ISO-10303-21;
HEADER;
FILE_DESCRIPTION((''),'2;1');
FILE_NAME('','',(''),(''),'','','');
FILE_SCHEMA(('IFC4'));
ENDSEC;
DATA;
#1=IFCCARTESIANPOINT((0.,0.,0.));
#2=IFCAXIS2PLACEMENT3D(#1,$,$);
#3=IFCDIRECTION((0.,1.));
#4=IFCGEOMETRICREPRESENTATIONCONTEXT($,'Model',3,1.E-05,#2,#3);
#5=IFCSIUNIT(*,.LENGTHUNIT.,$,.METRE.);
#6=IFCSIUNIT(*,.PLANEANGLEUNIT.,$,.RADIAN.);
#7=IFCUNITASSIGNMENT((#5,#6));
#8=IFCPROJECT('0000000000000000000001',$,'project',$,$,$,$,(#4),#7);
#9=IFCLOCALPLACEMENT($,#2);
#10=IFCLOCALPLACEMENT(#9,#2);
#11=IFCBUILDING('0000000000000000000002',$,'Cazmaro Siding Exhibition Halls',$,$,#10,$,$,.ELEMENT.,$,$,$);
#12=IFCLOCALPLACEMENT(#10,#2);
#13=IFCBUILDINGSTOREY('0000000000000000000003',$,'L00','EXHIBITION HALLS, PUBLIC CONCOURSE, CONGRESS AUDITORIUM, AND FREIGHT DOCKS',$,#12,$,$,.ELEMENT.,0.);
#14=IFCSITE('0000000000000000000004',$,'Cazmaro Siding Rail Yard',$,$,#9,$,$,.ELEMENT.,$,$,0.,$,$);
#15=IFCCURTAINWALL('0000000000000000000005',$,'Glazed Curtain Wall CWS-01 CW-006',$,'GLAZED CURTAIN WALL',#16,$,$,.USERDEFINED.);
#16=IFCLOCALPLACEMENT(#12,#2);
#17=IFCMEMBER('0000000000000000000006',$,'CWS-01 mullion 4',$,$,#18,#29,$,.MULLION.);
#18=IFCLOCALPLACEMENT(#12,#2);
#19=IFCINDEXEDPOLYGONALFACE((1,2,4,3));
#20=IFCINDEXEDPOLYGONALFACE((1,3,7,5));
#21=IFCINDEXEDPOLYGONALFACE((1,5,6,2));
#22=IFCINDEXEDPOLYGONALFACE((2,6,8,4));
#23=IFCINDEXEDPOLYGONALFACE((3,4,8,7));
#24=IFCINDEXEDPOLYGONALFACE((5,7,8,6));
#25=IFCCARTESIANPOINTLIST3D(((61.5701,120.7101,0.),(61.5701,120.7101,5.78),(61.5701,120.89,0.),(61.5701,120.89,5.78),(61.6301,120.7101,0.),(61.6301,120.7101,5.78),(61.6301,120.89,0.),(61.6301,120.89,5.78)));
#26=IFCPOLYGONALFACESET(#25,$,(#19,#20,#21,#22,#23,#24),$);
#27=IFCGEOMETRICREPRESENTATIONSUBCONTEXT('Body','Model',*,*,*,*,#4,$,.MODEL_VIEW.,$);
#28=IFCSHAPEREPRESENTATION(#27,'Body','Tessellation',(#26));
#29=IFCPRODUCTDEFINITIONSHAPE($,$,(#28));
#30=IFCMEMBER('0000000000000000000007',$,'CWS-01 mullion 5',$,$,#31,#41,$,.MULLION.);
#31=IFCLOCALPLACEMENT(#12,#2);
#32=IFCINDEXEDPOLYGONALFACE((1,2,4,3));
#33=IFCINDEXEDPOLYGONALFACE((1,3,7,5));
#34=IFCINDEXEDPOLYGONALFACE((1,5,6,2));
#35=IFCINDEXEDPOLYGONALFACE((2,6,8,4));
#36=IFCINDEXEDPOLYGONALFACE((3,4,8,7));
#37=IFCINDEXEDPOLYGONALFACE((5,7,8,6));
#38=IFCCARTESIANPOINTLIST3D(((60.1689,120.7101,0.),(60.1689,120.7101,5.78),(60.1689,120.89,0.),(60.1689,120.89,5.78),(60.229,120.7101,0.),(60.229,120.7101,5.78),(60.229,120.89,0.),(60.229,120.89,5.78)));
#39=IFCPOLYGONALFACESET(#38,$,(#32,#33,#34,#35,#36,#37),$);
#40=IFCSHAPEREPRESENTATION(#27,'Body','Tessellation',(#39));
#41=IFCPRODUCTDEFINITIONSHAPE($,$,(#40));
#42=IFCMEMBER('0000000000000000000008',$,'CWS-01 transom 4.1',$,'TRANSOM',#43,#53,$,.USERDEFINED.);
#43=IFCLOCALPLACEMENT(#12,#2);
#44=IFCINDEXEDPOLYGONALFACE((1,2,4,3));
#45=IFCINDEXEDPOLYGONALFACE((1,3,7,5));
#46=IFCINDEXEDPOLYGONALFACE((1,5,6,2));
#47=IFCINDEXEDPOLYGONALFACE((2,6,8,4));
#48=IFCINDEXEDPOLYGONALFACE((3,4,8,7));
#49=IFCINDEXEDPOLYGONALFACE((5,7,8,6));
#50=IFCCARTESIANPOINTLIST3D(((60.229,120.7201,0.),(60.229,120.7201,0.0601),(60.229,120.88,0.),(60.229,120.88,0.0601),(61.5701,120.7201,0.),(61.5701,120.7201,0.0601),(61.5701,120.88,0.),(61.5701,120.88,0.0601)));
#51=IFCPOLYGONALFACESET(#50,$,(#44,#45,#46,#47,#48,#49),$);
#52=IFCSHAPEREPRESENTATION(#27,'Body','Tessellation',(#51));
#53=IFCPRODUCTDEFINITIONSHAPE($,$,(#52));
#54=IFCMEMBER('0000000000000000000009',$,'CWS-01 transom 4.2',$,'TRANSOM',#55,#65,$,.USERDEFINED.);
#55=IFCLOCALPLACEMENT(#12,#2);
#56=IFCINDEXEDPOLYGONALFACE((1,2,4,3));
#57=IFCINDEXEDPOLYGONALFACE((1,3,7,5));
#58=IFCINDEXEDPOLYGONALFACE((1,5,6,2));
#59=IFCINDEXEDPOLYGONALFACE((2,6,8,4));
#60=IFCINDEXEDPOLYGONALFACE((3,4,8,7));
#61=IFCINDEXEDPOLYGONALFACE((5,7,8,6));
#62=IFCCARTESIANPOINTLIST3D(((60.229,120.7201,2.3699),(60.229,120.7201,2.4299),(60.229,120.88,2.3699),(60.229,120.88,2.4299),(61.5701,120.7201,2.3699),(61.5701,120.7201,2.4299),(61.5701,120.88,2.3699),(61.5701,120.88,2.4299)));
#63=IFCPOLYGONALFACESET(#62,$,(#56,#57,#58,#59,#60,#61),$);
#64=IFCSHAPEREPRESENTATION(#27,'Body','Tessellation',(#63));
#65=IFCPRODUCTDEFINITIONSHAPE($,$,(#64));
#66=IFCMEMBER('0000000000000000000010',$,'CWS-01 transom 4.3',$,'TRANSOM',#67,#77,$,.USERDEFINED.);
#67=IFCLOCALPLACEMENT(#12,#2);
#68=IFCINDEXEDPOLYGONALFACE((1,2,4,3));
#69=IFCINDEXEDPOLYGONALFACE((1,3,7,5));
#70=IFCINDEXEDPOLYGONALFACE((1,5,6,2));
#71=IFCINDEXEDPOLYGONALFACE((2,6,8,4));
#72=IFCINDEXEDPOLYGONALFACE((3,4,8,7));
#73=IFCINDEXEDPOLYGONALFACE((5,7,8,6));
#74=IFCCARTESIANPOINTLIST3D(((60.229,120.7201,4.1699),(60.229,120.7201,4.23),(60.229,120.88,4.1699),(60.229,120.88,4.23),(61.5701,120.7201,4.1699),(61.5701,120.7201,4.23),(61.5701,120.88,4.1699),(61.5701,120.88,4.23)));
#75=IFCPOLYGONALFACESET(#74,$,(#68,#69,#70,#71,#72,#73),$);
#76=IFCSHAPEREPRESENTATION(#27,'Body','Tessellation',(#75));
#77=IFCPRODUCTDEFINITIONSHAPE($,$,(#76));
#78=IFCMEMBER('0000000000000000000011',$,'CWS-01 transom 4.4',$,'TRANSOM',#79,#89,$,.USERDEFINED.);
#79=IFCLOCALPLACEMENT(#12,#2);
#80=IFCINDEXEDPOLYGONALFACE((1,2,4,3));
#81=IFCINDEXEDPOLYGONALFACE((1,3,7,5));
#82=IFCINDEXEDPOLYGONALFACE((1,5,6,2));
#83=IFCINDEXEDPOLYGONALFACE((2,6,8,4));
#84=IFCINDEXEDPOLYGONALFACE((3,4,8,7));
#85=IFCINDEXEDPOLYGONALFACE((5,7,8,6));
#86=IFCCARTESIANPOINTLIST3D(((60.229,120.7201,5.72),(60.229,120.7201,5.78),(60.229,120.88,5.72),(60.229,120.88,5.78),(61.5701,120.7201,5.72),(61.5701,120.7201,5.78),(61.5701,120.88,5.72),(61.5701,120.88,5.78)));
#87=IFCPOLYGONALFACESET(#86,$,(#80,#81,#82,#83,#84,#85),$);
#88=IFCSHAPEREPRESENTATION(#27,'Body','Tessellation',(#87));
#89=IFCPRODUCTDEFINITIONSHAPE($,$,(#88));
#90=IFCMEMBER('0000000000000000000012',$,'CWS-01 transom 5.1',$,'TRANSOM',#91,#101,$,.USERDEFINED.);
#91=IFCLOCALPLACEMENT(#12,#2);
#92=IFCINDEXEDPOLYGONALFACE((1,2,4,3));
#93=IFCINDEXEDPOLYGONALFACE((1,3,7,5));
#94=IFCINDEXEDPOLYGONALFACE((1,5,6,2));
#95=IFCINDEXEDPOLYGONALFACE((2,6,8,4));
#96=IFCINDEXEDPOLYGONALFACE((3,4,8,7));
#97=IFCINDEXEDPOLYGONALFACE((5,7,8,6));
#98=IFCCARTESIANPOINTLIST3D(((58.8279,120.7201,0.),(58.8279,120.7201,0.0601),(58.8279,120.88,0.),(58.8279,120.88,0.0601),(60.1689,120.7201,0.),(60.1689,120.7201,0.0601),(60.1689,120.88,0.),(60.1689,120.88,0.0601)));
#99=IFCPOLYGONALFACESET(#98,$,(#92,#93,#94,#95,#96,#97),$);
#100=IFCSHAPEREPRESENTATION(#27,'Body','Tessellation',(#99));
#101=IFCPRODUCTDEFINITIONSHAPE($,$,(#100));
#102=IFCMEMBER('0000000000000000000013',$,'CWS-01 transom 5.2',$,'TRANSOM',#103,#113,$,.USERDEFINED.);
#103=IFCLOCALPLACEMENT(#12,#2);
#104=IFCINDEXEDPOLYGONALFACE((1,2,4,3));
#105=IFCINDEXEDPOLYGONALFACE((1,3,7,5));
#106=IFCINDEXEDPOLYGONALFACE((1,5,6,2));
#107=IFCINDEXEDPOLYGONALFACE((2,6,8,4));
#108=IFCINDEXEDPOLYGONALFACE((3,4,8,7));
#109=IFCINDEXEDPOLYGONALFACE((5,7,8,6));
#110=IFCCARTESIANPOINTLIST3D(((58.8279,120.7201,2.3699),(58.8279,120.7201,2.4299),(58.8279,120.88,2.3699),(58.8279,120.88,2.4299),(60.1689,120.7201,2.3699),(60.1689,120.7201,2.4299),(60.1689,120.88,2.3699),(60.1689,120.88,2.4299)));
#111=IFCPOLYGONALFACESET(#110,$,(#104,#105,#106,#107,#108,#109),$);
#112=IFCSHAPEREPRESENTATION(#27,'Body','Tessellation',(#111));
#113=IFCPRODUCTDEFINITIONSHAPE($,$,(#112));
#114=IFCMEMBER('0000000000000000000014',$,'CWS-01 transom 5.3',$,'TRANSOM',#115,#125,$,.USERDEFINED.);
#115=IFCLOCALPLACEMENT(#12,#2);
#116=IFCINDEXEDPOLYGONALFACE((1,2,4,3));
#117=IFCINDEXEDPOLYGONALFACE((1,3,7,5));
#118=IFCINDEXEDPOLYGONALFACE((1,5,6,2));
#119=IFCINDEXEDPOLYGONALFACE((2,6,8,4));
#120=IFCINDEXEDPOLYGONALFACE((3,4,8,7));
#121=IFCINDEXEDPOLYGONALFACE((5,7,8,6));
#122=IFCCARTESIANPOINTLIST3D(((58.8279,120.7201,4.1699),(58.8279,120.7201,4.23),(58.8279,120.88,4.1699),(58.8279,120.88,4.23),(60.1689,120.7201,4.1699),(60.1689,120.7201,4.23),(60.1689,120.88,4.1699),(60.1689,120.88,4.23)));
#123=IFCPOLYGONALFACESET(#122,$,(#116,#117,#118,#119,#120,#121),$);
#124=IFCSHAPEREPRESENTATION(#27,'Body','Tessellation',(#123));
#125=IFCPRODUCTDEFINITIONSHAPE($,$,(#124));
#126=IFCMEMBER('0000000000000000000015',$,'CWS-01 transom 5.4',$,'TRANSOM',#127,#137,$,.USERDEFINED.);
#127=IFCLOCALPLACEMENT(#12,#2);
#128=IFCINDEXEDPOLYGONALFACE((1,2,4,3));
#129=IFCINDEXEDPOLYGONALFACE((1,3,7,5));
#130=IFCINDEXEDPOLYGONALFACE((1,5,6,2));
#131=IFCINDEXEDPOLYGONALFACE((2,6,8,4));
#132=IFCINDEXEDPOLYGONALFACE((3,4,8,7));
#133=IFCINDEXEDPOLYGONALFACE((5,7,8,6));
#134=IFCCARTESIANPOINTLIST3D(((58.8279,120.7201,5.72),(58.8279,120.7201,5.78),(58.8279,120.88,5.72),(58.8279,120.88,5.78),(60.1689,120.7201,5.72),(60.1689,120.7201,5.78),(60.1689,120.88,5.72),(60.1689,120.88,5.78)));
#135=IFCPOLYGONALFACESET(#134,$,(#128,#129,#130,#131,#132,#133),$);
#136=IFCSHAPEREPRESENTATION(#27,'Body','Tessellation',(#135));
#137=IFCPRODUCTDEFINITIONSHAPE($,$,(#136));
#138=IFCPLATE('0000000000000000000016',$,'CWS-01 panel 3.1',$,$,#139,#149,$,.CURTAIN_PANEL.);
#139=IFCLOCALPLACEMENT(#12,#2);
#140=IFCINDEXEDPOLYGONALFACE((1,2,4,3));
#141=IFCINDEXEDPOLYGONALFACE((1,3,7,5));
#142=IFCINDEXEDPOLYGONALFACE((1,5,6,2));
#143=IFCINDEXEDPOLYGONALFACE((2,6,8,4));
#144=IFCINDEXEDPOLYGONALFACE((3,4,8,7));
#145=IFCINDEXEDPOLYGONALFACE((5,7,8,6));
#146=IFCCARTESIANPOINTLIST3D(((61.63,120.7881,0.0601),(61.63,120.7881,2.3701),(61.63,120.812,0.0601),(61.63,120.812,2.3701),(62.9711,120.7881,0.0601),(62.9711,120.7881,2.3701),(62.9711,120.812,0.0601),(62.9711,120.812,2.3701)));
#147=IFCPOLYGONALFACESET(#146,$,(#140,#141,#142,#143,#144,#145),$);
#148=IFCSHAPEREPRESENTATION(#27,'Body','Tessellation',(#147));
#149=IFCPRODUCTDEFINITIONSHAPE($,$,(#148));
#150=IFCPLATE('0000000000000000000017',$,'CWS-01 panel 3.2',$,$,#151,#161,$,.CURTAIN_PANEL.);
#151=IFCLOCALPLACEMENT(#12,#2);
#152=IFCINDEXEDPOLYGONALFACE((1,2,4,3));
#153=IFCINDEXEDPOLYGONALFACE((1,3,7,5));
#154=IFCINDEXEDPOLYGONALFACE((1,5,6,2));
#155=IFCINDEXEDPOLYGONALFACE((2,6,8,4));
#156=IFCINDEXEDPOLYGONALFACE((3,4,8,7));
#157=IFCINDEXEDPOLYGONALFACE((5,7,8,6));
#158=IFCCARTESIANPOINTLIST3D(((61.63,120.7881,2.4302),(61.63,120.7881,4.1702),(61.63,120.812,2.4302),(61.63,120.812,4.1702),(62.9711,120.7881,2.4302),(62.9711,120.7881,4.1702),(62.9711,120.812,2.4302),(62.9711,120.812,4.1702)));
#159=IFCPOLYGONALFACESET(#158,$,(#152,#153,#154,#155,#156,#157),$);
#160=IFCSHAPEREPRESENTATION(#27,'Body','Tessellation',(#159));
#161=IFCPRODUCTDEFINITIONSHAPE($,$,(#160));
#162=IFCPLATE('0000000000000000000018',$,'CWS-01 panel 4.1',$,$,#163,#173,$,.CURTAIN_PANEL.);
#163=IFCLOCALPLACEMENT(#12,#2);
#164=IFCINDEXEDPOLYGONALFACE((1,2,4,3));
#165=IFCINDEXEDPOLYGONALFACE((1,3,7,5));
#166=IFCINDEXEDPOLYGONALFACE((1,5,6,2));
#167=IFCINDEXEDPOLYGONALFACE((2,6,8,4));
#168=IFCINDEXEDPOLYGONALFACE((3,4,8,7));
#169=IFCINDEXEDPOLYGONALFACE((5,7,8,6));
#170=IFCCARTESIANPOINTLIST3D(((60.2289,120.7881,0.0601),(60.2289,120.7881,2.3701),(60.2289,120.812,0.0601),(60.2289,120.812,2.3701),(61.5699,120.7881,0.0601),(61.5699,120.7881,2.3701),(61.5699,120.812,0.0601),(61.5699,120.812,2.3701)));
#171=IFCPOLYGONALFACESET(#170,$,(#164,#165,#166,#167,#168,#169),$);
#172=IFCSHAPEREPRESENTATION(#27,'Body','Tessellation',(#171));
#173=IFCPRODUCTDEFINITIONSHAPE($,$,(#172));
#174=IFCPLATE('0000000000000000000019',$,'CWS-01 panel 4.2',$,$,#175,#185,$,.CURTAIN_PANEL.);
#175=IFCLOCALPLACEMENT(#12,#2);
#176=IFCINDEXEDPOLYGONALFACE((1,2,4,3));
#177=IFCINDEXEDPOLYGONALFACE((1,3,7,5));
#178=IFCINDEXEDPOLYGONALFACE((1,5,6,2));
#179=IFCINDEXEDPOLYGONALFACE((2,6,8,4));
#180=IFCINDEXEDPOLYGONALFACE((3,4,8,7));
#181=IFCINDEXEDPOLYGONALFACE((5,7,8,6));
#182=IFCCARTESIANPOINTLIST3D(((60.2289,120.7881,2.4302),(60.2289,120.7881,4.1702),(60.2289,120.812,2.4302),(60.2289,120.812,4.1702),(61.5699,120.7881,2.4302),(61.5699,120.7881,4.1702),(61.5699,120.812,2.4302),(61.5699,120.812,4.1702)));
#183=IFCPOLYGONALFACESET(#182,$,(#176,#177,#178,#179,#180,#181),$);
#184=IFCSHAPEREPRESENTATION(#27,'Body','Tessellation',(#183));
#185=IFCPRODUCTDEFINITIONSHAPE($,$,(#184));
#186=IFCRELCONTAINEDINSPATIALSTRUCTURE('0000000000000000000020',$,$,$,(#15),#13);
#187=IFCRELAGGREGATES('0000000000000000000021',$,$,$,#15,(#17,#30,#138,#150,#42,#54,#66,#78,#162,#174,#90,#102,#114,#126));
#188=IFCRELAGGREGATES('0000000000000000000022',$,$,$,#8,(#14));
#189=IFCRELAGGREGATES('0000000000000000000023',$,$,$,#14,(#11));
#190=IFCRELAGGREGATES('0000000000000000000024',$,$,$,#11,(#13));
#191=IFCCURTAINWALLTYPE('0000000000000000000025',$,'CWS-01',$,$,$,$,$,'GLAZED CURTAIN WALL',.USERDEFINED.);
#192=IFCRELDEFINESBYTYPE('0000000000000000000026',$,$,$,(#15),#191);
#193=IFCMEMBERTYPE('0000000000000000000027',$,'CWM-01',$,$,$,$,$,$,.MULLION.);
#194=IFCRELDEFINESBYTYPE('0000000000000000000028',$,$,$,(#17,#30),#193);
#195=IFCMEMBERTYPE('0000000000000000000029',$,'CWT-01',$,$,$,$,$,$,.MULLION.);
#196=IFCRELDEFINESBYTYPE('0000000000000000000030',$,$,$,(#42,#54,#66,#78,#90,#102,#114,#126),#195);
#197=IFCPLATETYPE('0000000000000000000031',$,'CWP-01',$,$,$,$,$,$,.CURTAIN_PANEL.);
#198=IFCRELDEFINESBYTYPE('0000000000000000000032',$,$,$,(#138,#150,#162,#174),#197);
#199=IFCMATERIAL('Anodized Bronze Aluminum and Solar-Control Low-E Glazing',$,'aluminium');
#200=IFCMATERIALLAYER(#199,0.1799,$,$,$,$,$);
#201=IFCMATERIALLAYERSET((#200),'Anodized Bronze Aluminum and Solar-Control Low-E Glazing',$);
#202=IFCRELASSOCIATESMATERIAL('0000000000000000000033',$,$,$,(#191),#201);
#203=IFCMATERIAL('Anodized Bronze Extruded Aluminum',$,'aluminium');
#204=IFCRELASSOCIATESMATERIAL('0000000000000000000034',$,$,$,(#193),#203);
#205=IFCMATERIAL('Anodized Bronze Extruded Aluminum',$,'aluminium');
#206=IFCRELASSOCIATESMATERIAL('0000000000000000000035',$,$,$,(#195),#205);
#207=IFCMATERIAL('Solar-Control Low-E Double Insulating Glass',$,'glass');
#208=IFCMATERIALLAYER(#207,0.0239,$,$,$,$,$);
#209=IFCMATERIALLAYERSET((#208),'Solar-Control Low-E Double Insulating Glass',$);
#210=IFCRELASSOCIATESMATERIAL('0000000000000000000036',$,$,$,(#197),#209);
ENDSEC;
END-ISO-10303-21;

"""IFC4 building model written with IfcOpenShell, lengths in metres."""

from ifc_helpers import new_model, si_unit, direction, frame, origin, origin_2d, place, context, subcontext, project, spatial, rectangle, extrude, material, layer, layer_set, material_profile, profile_set, type_object, element, aggregate, save


model = new_model("IFC4")

# Units and contexts
model_context = context("Model", 3, precision=1e-05, world=origin(), true_north=direction((0.0, 1.0)))
body_context = subcontext(model_context, "Body", "Model", "MODEL_VIEW")
ifc_project = project(units=[si_unit("LENGTHUNIT", "METRE"), si_unit("PLANEANGLEUNIT", "RADIAN")], contexts=[model_context])

# Site, building, storey
site_placement = place(None, origin())
site = spatial("IfcSite", under=ifc_project, at=site_placement, Name="Cazmaro Siding Rail Yard", CompositionType="ELEMENT", RefElevation=0.0)
building_placement = place(site_placement, origin())
building = spatial("IfcBuilding", under=site, at=building_placement, Name="Cazmaro Siding Exhibition Halls", CompositionType="ELEMENT")
storey_placement = place(building_placement, origin())
storey = spatial("IfcBuildingStorey", under=building, at=storey_placement, Name="L00", Description="EXHIBITION HALLS, PUBLIC CONCOURSE, CONGRESS AUDITORIUM, AND FREIGHT DOCKS", CompositionType="ELEMENT", Elevation=0.0)

# Curtain wall, members, plates
ifc_material_1 = material(Name="Anodized Bronze Aluminum and Solar-Control Low-E Glazing", Category="aluminium")
ifc_layer_1 = layer(ifc_material_1, 0.1799)
ifc_layer_set_1 = layer_set([ifc_layer_1], Name="Anodized Bronze Aluminum and Solar-Control Low-E Glazing")
curtain_wall_type = type_object("IfcCurtainWallType", Name="CWS-01", ElementType="GLAZED CURTAIN WALL", PredefinedType="USERDEFINED", material=ifc_layer_set_1)
curtain_wall_placement = place(storey_placement, origin())
curtain_wall = element("IfcCurtainWall", 1, at=curtain_wall_placement, inside=storey, type_object=curtain_wall_type, Name="Glazed Curtain Wall CWS-01 CW-006", ObjectType="GLAZED CURTAIN WALL", PredefinedType="USERDEFINED")
ifc_material_2 = material(Name="Anodized Bronze Extruded Aluminum", Category="aluminium")
ifc_material_profile_1 = material_profile(ifc_material_2, rectangle(XDim=0.1799, YDim=0.0601, at=origin_2d()), Name="CWM-01")
ifc_profile_set_1 = profile_set([ifc_material_profile_1], Name="Anodized Bronze Extruded Aluminum")
member_type_1 = type_object("IfcMemberType", Name="CWM-01", PredefinedType="MULLION", material=ifc_profile_set_1)
member_1_placement = place(storey_placement, frame((61.6001, 120.8, 0.0), z_axis=(0.0, 0.0, 1.0), x_axis=(0.0, -1.0, 0.0)))
member_1 = element("IfcMember", 2, at=member_1_placement, type_object=member_type_1, Name="CWS-01 mullion 4", PredefinedType="MULLION", context=body_context, shape_type="SweptSolid", body=[
    extrude(rectangle(XDim=0.1799, YDim=0.0601, at=origin_2d()), origin(), (0.0, 0.0, 1.0), 5.78),
])
member_2_placement = place(storey_placement, frame((60.199, 120.8, 0.0), z_axis=(0.0, 0.0, 1.0), x_axis=(0.0, -1.0, 0.0)))
member_2 = element("IfcMember", 3, at=member_2_placement, type_object=member_type_1, Name="CWS-01 mullion 5", PredefinedType="MULLION", context=body_context, shape_type="SweptSolid", body=[
    extrude(rectangle(XDim=0.1799, YDim=0.0601, at=origin_2d()), origin(), (0.0, 0.0, 1.0), 5.78),
])
ifc_material_3 = material(Name="Anodized Bronze Extruded Aluminum", Category="aluminium")
ifc_material_profile_2 = material_profile(ifc_material_3, rectangle(XDim=0.1599, YDim=0.0601, at=origin_2d()), Name="CWT-01")
ifc_profile_set_2 = profile_set([ifc_material_profile_2], Name="Anodized Bronze Extruded Aluminum")
member_type_2 = type_object("IfcMemberType", Name="CWT-01", PredefinedType="MULLION", material=ifc_profile_set_2)
member_3_placement = place(storey_placement, frame((61.5701, 120.8, 0.03), z_axis=(-1.0, 0.0, 0.0), x_axis=(0.0, -1.0, 0.0)))
member_3 = element("IfcMember", 4, at=member_3_placement, type_object=member_type_2, Name="CWS-01 transom 4.1", ObjectType="TRANSOM", PredefinedType="USERDEFINED", context=body_context, shape_type="SweptSolid", body=[
    extrude(rectangle(XDim=0.1599, YDim=0.0601, at=origin_2d()), origin(), (0.0, 0.0, 1.0), 1.3411),
])
member_4_placement = place(storey_placement, frame((61.5701, 120.8, 2.3999), z_axis=(-1.0, 0.0, 0.0), x_axis=(0.0, -1.0, 0.0)))
member_4 = element("IfcMember", 5, at=member_4_placement, type_object=member_type_2, Name="CWS-01 transom 4.2", ObjectType="TRANSOM", PredefinedType="USERDEFINED", context=body_context, shape_type="SweptSolid", body=[
    extrude(rectangle(XDim=0.1599, YDim=0.0601, at=origin_2d()), origin(), (0.0, 0.0, 1.0), 1.3411),
])
member_5_placement = place(storey_placement, frame((61.5701, 120.8, 4.2), z_axis=(-1.0, 0.0, 0.0), x_axis=(0.0, -1.0, 0.0)))
member_5 = element("IfcMember", 6, at=member_5_placement, type_object=member_type_2, Name="CWS-01 transom 4.3", ObjectType="TRANSOM", PredefinedType="USERDEFINED", context=body_context, shape_type="SweptSolid", body=[
    extrude(rectangle(XDim=0.1599, YDim=0.0601, at=origin_2d()), origin(), (0.0, 0.0, 1.0), 1.3411),
])
member_6_placement = place(storey_placement, frame((61.5701, 120.8, 5.75), z_axis=(-1.0, 0.0, 0.0), x_axis=(0.0, -1.0, 0.0)))
member_6 = element("IfcMember", 7, at=member_6_placement, type_object=member_type_2, Name="CWS-01 transom 4.4", ObjectType="TRANSOM", PredefinedType="USERDEFINED", context=body_context, shape_type="SweptSolid", body=[
    extrude(rectangle(XDim=0.1599, YDim=0.0601, at=origin_2d()), origin(), (0.0, 0.0, 1.0), 1.3411),
])
member_7_placement = place(storey_placement, frame((60.1689, 120.8, 0.03), z_axis=(-1.0, 0.0, 0.0), x_axis=(0.0, -1.0, 0.0)))
member_7 = element("IfcMember", 8, at=member_7_placement, type_object=member_type_2, Name="CWS-01 transom 5.1", ObjectType="TRANSOM", PredefinedType="USERDEFINED", context=body_context, shape_type="SweptSolid", body=[
    extrude(rectangle(XDim=0.1599, YDim=0.0601, at=origin_2d()), origin(), (0.0, 0.0, 1.0), 1.3411),
])
member_8_placement = place(storey_placement, frame((60.1689, 120.8, 2.3999), z_axis=(-1.0, 0.0, 0.0), x_axis=(0.0, -1.0, 0.0)))
member_8 = element("IfcMember", 9, at=member_8_placement, type_object=member_type_2, Name="CWS-01 transom 5.2", ObjectType="TRANSOM", PredefinedType="USERDEFINED", context=body_context, shape_type="SweptSolid", body=[
    extrude(rectangle(XDim=0.1599, YDim=0.0601, at=origin_2d()), origin(), (0.0, 0.0, 1.0), 1.3411),
])
member_9_placement = place(storey_placement, frame((60.1689, 120.8, 4.2), z_axis=(-1.0, 0.0, 0.0), x_axis=(0.0, -1.0, 0.0)))
member_9 = element("IfcMember", 10, at=member_9_placement, type_object=member_type_2, Name="CWS-01 transom 5.3", ObjectType="TRANSOM", PredefinedType="USERDEFINED", context=body_context, shape_type="SweptSolid", body=[
    extrude(rectangle(XDim=0.1599, YDim=0.0601, at=origin_2d()), origin(), (0.0, 0.0, 1.0), 1.3411),
])
member_10_placement = place(storey_placement, frame((60.1689, 120.8, 5.75), z_axis=(-1.0, 0.0, 0.0), x_axis=(0.0, -1.0, 0.0)))
member_10 = element("IfcMember", 11, at=member_10_placement, type_object=member_type_2, Name="CWS-01 transom 5.4", ObjectType="TRANSOM", PredefinedType="USERDEFINED", context=body_context, shape_type="SweptSolid", body=[
    extrude(rectangle(XDim=0.1599, YDim=0.0601, at=origin_2d()), origin(), (0.0, 0.0, 1.0), 1.3411),
])
ifc_material_4 = material(Name="Solar-Control Low-E Double Insulating Glass", Category="glass")
ifc_layer_2 = layer(ifc_material_4, 0.0239)
ifc_layer_set_2 = layer_set([ifc_layer_2], Name="Solar-Control Low-E Double Insulating Glass")
plate_type = type_object("IfcPlateType", Name="CWP-01", PredefinedType="CURTAIN_PANEL", material=ifc_layer_set_2)
plate_1_placement = place(storey_placement, frame((62.3005, 120.8, 0.0601), z_axis=(0.0, 0.0, 1.0), x_axis=(-1.0, 0.0, 0.0)))
plate_1 = element("IfcPlate", 12, at=plate_1_placement, type_object=plate_type, Name="CWS-01 panel 3.1", PredefinedType="CURTAIN_PANEL", context=body_context, shape_type="SweptSolid", body=[
    extrude(rectangle(XDim=1.3411, YDim=0.0239, at=origin_2d()), origin(), (0.0, 0.0, 1.0), 2.3101),
])
plate_2_placement = place(storey_placement, frame((62.3005, 120.8, 2.4302), z_axis=(0.0, 0.0, 1.0), x_axis=(-1.0, 0.0, 0.0)))
plate_2 = element("IfcPlate", 13, at=plate_2_placement, type_object=plate_type, Name="CWS-01 panel 3.2", PredefinedType="CURTAIN_PANEL", context=body_context, shape_type="SweptSolid", body=[
    extrude(rectangle(XDim=1.3411, YDim=0.0239, at=origin_2d()), origin(), (0.0, 0.0, 1.0), 1.74),
])
plate_3_placement = place(storey_placement, frame((60.8994, 120.8, 0.0601), z_axis=(0.0, 0.0, 1.0), x_axis=(-1.0, 0.0, 0.0)))
plate_3 = element("IfcPlate", 14, at=plate_3_placement, type_object=plate_type, Name="CWS-01 panel 4.1", PredefinedType="CURTAIN_PANEL", context=body_context, shape_type="SweptSolid", body=[
    extrude(rectangle(XDim=1.3411, YDim=0.0239, at=origin_2d()), origin(), (0.0, 0.0, 1.0), 2.3101),
])
plate_4_placement = place(storey_placement, frame((60.8994, 120.8, 2.4302), z_axis=(0.0, 0.0, 1.0), x_axis=(-1.0, 0.0, 0.0)))
plate_4 = element("IfcPlate", 15, at=plate_4_placement, type_object=plate_type, Name="CWS-01 panel 4.2", PredefinedType="CURTAIN_PANEL", context=body_context, shape_type="SweptSolid", body=[
    extrude(rectangle(XDim=1.3411, YDim=0.0239, at=origin_2d()), origin(), (0.0, 0.0, 1.0), 1.74),
])
aggregate(curtain_wall, [member_1, member_2, plate_1, plate_2, member_3, member_4, member_5, member_6, plate_3, plate_4, member_7, member_8, member_9, member_10])

save(model, "model.ifc")
